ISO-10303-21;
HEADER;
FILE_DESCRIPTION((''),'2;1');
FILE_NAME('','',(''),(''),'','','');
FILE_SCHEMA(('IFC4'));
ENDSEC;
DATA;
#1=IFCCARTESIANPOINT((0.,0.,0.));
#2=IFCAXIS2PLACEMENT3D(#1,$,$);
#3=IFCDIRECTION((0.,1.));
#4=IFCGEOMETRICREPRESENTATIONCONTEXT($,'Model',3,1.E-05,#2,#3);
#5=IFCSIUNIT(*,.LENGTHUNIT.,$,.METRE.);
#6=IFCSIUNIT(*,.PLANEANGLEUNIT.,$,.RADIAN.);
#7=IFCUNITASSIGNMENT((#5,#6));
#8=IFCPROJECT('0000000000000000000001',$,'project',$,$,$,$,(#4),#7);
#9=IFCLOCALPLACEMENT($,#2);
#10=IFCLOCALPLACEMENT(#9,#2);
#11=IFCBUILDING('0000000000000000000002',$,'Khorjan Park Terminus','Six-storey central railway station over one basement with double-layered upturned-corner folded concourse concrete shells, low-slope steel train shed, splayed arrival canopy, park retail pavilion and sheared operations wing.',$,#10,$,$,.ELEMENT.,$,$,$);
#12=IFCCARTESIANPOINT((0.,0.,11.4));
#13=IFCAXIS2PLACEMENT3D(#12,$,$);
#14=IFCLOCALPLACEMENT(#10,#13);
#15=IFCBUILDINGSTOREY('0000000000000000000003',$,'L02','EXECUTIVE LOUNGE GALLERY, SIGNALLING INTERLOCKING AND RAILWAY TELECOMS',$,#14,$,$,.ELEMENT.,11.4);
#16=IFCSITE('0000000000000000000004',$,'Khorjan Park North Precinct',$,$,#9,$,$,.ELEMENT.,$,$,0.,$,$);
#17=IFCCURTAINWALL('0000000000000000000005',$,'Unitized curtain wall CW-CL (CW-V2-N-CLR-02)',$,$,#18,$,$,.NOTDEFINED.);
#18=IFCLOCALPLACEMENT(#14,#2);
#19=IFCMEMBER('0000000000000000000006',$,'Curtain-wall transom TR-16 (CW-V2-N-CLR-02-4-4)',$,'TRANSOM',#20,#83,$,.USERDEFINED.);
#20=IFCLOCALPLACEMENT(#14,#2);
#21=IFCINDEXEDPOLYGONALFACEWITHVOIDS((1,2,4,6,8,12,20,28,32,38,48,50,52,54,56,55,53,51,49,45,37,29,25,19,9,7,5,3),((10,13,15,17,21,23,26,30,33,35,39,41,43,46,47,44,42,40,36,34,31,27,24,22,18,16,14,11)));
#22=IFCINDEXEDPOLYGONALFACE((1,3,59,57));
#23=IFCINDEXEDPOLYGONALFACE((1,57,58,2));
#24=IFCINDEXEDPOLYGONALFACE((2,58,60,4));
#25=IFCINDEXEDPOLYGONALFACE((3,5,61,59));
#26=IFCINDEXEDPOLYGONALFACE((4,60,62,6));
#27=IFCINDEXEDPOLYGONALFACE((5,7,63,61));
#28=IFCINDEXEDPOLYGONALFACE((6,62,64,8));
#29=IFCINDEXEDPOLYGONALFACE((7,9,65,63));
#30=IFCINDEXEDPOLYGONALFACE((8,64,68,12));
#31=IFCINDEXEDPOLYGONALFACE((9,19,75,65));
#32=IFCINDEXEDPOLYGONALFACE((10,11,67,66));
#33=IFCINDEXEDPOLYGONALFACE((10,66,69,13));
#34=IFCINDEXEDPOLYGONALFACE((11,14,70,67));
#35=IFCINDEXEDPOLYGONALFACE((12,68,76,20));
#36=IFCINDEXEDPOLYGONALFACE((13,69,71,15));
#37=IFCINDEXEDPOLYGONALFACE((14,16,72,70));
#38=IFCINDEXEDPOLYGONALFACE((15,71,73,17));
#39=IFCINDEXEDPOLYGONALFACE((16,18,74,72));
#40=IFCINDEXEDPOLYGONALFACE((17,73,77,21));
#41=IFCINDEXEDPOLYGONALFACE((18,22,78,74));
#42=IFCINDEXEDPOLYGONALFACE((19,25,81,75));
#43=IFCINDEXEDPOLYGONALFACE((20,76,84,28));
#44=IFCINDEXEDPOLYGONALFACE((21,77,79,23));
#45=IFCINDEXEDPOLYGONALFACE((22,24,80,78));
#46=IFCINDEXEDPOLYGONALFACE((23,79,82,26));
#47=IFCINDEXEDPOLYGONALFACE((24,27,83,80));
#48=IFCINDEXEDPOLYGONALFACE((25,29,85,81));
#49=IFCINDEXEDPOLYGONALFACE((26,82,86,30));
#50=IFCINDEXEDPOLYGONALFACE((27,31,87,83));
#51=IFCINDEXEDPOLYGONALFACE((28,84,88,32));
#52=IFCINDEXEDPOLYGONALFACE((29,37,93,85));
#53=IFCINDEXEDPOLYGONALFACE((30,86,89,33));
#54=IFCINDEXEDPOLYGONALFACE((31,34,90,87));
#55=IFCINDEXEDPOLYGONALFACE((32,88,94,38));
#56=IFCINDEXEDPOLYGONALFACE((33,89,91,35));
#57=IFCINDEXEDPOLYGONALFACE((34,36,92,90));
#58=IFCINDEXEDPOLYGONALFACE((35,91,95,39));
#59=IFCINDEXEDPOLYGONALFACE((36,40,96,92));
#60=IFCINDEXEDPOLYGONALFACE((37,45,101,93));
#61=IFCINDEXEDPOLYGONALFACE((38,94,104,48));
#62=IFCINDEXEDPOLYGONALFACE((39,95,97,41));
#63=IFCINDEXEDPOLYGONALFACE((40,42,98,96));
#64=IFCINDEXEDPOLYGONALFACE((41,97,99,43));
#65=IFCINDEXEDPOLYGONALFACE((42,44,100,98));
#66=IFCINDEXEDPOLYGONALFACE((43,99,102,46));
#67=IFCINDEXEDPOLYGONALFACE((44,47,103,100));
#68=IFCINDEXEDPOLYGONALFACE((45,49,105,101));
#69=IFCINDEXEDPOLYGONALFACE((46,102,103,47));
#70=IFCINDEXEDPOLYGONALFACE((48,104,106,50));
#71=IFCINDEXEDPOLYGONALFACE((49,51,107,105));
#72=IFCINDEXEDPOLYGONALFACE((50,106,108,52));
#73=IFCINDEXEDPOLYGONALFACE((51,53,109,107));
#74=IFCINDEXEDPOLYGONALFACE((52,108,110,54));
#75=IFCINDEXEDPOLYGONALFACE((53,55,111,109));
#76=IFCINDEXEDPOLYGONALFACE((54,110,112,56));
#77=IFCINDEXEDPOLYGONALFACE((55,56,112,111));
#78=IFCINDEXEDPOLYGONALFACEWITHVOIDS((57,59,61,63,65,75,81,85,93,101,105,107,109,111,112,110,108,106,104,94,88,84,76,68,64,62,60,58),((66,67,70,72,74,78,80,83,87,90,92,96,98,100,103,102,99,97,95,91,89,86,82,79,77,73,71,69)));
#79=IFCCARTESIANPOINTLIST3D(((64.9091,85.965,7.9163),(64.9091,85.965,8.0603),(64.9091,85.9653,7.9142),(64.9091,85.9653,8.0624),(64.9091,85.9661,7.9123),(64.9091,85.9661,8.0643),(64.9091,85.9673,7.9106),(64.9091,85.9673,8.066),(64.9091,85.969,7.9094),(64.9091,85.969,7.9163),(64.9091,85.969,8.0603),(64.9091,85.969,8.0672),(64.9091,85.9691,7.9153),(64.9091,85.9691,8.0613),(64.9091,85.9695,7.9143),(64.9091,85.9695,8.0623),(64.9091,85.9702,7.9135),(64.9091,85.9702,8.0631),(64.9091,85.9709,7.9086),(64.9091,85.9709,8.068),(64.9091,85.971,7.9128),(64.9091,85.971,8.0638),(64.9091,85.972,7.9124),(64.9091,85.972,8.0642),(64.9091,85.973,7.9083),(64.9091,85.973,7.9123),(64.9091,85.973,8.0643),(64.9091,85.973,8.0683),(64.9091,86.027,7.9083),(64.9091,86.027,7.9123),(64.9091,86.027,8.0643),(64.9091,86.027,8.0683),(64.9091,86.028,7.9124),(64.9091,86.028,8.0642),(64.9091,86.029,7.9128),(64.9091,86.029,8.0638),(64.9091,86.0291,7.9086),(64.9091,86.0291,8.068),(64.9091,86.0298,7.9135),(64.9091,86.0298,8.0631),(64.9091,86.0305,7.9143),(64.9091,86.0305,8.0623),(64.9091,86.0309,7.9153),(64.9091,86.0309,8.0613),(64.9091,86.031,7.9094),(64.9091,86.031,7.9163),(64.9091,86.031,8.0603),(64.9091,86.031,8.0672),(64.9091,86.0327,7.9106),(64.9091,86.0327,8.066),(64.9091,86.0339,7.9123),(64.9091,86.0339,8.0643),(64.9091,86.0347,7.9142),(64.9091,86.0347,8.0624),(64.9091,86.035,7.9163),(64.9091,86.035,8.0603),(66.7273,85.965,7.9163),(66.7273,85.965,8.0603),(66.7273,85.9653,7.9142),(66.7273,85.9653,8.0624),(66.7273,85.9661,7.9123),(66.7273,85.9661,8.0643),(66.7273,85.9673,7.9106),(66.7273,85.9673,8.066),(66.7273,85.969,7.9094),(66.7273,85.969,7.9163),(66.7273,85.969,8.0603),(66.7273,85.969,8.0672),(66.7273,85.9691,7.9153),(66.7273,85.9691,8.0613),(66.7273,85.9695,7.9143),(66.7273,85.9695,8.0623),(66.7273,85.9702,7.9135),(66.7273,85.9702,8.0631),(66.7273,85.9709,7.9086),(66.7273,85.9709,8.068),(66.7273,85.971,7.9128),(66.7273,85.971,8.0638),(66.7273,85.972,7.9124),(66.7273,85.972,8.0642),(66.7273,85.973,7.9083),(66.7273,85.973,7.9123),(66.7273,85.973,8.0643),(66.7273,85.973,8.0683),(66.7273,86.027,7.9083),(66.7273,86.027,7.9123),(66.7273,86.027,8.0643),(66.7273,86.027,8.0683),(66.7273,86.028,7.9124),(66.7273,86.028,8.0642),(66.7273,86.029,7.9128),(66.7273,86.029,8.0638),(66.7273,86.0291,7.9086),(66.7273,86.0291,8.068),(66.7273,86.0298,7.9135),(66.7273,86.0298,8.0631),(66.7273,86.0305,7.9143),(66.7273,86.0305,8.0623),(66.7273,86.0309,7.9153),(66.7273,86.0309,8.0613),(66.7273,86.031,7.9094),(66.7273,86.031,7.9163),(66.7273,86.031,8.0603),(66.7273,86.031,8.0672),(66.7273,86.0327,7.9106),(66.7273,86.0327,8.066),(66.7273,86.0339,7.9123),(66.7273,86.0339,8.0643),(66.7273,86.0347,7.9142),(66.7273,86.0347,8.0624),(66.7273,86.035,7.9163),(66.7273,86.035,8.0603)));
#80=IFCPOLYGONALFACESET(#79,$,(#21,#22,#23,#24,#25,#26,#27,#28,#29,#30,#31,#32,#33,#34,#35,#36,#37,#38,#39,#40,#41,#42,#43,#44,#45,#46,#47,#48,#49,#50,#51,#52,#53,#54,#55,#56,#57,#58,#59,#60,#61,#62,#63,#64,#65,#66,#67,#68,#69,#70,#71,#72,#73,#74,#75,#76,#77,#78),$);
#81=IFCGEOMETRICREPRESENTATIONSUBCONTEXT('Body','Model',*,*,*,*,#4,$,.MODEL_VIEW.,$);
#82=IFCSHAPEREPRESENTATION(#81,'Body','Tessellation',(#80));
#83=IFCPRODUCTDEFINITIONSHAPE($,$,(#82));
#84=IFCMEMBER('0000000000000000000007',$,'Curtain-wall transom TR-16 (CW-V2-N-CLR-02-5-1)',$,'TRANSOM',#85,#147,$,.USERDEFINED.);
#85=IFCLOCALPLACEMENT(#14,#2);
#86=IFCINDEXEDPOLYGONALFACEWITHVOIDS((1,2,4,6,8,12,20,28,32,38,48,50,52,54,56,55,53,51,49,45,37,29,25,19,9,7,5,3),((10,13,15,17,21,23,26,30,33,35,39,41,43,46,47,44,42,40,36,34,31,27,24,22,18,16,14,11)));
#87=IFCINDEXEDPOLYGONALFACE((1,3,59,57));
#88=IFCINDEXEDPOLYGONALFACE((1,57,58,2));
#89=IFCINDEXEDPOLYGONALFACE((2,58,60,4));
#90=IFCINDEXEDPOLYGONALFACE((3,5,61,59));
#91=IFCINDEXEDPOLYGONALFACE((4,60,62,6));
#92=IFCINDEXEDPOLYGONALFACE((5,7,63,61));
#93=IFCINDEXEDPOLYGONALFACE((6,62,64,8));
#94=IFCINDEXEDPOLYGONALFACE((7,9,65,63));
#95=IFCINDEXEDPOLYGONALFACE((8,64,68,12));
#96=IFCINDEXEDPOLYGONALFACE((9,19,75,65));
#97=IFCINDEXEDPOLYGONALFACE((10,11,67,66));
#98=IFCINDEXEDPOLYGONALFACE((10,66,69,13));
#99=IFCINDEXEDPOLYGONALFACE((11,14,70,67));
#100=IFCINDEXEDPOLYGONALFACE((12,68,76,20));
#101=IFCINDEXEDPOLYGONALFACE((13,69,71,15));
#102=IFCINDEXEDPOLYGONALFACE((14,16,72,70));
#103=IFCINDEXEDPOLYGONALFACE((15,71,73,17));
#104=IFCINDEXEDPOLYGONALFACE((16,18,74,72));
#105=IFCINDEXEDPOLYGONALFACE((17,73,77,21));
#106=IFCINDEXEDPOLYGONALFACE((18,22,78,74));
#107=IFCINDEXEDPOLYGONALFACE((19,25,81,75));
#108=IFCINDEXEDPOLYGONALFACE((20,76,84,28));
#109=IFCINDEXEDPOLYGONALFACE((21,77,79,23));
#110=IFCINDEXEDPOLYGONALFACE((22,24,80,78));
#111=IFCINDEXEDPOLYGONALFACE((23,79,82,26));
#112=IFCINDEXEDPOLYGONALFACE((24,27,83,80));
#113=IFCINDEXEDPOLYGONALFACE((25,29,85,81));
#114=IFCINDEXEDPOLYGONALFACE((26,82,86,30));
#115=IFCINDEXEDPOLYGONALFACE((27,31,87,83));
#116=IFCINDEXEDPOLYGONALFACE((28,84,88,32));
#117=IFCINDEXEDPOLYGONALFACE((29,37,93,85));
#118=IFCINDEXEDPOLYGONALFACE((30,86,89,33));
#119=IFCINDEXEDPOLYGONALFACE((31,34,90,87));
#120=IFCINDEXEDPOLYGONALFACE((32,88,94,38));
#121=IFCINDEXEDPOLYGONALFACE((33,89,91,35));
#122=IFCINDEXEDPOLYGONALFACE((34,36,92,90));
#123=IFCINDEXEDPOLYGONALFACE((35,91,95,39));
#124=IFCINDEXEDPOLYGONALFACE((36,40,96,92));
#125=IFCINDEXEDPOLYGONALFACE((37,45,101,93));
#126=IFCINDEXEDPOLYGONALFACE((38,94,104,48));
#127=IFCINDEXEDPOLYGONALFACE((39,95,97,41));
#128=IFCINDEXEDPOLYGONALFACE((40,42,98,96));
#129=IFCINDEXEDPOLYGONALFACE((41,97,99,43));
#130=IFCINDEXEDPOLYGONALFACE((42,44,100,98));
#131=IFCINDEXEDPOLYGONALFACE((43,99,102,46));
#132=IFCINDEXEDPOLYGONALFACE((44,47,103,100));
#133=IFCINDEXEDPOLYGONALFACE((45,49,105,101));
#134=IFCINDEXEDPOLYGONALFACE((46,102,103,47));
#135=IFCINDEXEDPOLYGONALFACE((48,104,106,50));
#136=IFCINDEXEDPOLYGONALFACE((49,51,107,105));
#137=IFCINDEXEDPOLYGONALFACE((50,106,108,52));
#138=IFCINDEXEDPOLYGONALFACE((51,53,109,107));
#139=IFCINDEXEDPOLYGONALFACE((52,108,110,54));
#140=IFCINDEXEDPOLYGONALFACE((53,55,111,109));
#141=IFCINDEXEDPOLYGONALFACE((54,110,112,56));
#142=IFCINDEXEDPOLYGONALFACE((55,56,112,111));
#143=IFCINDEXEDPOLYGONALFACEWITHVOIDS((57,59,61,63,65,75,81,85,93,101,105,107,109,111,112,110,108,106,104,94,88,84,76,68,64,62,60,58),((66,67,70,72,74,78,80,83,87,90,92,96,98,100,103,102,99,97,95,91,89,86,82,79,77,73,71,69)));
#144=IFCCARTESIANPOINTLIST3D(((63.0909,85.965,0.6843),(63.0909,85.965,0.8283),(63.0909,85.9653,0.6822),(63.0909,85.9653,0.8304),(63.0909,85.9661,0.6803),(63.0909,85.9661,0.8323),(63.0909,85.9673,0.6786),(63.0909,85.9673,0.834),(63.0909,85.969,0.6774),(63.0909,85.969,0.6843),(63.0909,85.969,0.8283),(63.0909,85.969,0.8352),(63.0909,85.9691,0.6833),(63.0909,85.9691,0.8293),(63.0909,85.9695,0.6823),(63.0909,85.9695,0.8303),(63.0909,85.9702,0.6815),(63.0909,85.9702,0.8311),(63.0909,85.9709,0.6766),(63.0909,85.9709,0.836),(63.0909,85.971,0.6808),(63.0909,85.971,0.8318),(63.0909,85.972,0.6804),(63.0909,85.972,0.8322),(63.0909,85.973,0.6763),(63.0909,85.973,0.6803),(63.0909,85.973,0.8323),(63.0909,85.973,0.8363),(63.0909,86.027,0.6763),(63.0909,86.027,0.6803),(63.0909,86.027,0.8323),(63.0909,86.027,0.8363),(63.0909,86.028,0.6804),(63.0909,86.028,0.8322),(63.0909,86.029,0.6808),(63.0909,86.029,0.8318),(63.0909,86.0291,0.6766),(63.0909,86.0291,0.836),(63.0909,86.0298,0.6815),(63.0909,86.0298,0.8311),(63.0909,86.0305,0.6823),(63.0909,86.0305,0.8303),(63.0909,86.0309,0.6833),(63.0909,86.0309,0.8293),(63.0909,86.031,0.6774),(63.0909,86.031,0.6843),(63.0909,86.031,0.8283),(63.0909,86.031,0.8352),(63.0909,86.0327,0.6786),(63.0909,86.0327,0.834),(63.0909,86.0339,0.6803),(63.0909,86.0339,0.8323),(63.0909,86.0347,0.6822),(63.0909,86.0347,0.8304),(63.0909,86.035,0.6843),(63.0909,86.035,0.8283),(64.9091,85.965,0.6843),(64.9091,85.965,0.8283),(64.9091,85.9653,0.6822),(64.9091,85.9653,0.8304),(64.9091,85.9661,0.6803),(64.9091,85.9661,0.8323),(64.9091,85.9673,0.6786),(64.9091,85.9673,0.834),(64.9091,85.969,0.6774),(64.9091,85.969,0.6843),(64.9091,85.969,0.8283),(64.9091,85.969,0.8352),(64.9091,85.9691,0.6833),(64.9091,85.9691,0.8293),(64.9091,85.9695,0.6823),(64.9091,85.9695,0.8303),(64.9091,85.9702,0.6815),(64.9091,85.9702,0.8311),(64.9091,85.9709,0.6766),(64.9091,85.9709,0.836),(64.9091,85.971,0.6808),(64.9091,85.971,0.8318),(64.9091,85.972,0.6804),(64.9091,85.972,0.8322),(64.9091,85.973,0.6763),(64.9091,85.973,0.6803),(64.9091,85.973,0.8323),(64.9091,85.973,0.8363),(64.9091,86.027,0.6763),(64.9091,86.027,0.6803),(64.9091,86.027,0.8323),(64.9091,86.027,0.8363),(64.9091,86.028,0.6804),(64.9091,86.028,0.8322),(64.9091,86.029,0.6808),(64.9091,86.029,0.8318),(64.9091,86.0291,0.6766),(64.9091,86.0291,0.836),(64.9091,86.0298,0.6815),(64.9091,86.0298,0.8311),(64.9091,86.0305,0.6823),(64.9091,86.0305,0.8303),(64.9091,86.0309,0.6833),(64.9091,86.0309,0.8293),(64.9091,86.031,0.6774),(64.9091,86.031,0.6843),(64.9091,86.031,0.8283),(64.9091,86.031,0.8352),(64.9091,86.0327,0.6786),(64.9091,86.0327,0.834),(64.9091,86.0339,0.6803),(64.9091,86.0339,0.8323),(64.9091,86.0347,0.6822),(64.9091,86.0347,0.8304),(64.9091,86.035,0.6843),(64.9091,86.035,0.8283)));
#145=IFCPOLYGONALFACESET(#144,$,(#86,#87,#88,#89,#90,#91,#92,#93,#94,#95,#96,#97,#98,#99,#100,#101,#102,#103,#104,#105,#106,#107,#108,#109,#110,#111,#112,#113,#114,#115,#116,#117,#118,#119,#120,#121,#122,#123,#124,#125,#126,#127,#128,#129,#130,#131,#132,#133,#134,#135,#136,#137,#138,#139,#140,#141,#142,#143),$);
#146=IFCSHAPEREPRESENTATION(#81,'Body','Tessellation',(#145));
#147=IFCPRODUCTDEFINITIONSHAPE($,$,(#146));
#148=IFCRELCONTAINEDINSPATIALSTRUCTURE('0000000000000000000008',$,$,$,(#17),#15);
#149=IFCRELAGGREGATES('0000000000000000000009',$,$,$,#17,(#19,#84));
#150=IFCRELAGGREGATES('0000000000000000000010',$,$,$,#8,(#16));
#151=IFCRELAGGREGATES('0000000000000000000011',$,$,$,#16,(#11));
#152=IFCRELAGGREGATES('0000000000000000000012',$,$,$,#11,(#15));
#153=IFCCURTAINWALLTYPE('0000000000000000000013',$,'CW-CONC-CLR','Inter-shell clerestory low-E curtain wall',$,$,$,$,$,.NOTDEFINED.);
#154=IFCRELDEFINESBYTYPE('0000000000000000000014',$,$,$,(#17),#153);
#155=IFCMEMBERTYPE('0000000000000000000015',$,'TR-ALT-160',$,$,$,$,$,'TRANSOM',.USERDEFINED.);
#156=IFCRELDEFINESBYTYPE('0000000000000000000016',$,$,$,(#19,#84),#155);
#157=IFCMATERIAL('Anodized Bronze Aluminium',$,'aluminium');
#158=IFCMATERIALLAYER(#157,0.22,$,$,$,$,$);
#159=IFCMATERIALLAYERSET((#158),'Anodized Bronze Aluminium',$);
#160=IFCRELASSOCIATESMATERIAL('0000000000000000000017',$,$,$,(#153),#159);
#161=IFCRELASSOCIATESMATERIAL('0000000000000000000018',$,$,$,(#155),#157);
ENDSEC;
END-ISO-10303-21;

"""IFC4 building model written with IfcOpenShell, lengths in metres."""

from ifc_helpers import new_model, si_unit, direction, frame, origin, origin_2d, place, context, subcontext, project, spatial, hollow_rectangle, extrude, material, layer, layer_set, material_profile, profile_set, type_object, element, aggregate, save


model = new_model("IFC4")

# Units and contexts
model_context = context("Model", 3, precision=1e-05, world=origin(), true_north=direction((0.0, 1.0)))
body_context = subcontext(model_context, "Body", "Model", "MODEL_VIEW")
ifc_project = project(units=[si_unit("LENGTHUNIT", "METRE"), si_unit("PLANEANGLEUNIT", "RADIAN")], contexts=[model_context])

# Site, building, storey
site_placement = place(None, origin())
site = spatial("IfcSite", under=ifc_project, at=site_placement, Name="Khorjan Park North Precinct", CompositionType="ELEMENT", RefElevation=0.0)
building_placement = place(site_placement, origin())
building = spatial("IfcBuilding", under=site, at=building_placement, Name="Khorjan Park Terminus", Description="Six-storey central railway station over one basement with double-layered upturned-corner folded concourse concrete shells, low-slope steel train shed, splayed arrival canopy, park retail pavilion and sheared operations wing.", CompositionType="ELEMENT")
storey_placement = place(building_placement, frame((0.0, 0.0, 11.4)))
storey = spatial("IfcBuildingStorey", under=building, at=storey_placement, Name="L02", Description="EXECUTIVE LOUNGE GALLERY, SIGNALLING INTERLOCKING AND RAILWAY TELECOMS", CompositionType="ELEMENT", Elevation=11.4)

# Curtain wall, members
ifc_material_1 = material(Name="Anodized Bronze Aluminium", Category="aluminium")
ifc_layer_1 = layer(ifc_material_1, 0.22)
ifc_layer_set_1 = layer_set([ifc_layer_1], Name="Anodized Bronze Aluminium")
curtain_wall_type = type_object("IfcCurtainWallType", Name="CW-CONC-CLR", Description="Inter-shell clerestory low-E curtain wall", PredefinedType="NOTDEFINED", material=ifc_layer_set_1)
curtain_wall_placement = place(storey_placement, origin())
curtain_wall = element("IfcCurtainWall", 1, at=curtain_wall_placement, inside=storey, type_object=curtain_wall_type, Name="Unitized curtain wall CW-CL (CW-V2-N-CLR-02)", PredefinedType="NOTDEFINED")
ifc_material_profile_1 = material_profile(ifc_material_1, hollow_rectangle(XDim=0.07, YDim=0.16, WallThickness=0.004, InnerFilletRadius=0.004, OuterFilletRadius=0.008, at=origin_2d()), Name="ALT 70x160x4")
ifc_profile_set_1 = profile_set([ifc_material_profile_1], Name="Anodized Bronze Aluminium")
member_type_1 = type_object("IfcMemberType", Name="TR-ALT-160", ElementType="TRANSOM", PredefinedType="USERDEFINED", material=ifc_profile_set_1)
member_1_placement = place(storey_placement, frame((66.7273, 86.0, 7.9883), z_axis=(-1.0, 0.0, 0.0), x_axis=(0.0, -1.0, 0.0)))
member_1 = element("IfcMember", 2, at=member_1_placement, type_object=member_type_1, Name="Curtain-wall transom TR-16 (CW-V2-N-CLR-02-4-4)", ObjectType="TRANSOM", PredefinedType="USERDEFINED", context=body_context, shape_type="SweptSolid", body=[
    extrude(hollow_rectangle(XDim=0.07, YDim=0.16, WallThickness=0.004, InnerFilletRadius=0.004, OuterFilletRadius=0.008, at=origin_2d()), origin(), (0.0, 0.0, 1.0), 1.8182),
])
member_2_placement = place(storey_placement, frame((64.9091, 86.0, 0.7563), z_axis=(-1.0, 0.0, 0.0), x_axis=(0.0, -1.0, 0.0)))
member_2 = element("IfcMember", 3, at=member_2_placement, type_object=member_type_1, Name="Curtain-wall transom TR-16 (CW-V2-N-CLR-02-5-1)", ObjectType="TRANSOM", PredefinedType="USERDEFINED", context=body_context, shape_type="SweptSolid", body=[
    extrude(hollow_rectangle(XDim=0.07, YDim=0.16, WallThickness=0.004, InnerFilletRadius=0.004, OuterFilletRadius=0.008, at=origin_2d()), origin(), (0.0, 0.0, 1.0), 1.8182),
])

aggregate(curtain_wall, [member_1, member_2])

save(model, "model.ifc")
